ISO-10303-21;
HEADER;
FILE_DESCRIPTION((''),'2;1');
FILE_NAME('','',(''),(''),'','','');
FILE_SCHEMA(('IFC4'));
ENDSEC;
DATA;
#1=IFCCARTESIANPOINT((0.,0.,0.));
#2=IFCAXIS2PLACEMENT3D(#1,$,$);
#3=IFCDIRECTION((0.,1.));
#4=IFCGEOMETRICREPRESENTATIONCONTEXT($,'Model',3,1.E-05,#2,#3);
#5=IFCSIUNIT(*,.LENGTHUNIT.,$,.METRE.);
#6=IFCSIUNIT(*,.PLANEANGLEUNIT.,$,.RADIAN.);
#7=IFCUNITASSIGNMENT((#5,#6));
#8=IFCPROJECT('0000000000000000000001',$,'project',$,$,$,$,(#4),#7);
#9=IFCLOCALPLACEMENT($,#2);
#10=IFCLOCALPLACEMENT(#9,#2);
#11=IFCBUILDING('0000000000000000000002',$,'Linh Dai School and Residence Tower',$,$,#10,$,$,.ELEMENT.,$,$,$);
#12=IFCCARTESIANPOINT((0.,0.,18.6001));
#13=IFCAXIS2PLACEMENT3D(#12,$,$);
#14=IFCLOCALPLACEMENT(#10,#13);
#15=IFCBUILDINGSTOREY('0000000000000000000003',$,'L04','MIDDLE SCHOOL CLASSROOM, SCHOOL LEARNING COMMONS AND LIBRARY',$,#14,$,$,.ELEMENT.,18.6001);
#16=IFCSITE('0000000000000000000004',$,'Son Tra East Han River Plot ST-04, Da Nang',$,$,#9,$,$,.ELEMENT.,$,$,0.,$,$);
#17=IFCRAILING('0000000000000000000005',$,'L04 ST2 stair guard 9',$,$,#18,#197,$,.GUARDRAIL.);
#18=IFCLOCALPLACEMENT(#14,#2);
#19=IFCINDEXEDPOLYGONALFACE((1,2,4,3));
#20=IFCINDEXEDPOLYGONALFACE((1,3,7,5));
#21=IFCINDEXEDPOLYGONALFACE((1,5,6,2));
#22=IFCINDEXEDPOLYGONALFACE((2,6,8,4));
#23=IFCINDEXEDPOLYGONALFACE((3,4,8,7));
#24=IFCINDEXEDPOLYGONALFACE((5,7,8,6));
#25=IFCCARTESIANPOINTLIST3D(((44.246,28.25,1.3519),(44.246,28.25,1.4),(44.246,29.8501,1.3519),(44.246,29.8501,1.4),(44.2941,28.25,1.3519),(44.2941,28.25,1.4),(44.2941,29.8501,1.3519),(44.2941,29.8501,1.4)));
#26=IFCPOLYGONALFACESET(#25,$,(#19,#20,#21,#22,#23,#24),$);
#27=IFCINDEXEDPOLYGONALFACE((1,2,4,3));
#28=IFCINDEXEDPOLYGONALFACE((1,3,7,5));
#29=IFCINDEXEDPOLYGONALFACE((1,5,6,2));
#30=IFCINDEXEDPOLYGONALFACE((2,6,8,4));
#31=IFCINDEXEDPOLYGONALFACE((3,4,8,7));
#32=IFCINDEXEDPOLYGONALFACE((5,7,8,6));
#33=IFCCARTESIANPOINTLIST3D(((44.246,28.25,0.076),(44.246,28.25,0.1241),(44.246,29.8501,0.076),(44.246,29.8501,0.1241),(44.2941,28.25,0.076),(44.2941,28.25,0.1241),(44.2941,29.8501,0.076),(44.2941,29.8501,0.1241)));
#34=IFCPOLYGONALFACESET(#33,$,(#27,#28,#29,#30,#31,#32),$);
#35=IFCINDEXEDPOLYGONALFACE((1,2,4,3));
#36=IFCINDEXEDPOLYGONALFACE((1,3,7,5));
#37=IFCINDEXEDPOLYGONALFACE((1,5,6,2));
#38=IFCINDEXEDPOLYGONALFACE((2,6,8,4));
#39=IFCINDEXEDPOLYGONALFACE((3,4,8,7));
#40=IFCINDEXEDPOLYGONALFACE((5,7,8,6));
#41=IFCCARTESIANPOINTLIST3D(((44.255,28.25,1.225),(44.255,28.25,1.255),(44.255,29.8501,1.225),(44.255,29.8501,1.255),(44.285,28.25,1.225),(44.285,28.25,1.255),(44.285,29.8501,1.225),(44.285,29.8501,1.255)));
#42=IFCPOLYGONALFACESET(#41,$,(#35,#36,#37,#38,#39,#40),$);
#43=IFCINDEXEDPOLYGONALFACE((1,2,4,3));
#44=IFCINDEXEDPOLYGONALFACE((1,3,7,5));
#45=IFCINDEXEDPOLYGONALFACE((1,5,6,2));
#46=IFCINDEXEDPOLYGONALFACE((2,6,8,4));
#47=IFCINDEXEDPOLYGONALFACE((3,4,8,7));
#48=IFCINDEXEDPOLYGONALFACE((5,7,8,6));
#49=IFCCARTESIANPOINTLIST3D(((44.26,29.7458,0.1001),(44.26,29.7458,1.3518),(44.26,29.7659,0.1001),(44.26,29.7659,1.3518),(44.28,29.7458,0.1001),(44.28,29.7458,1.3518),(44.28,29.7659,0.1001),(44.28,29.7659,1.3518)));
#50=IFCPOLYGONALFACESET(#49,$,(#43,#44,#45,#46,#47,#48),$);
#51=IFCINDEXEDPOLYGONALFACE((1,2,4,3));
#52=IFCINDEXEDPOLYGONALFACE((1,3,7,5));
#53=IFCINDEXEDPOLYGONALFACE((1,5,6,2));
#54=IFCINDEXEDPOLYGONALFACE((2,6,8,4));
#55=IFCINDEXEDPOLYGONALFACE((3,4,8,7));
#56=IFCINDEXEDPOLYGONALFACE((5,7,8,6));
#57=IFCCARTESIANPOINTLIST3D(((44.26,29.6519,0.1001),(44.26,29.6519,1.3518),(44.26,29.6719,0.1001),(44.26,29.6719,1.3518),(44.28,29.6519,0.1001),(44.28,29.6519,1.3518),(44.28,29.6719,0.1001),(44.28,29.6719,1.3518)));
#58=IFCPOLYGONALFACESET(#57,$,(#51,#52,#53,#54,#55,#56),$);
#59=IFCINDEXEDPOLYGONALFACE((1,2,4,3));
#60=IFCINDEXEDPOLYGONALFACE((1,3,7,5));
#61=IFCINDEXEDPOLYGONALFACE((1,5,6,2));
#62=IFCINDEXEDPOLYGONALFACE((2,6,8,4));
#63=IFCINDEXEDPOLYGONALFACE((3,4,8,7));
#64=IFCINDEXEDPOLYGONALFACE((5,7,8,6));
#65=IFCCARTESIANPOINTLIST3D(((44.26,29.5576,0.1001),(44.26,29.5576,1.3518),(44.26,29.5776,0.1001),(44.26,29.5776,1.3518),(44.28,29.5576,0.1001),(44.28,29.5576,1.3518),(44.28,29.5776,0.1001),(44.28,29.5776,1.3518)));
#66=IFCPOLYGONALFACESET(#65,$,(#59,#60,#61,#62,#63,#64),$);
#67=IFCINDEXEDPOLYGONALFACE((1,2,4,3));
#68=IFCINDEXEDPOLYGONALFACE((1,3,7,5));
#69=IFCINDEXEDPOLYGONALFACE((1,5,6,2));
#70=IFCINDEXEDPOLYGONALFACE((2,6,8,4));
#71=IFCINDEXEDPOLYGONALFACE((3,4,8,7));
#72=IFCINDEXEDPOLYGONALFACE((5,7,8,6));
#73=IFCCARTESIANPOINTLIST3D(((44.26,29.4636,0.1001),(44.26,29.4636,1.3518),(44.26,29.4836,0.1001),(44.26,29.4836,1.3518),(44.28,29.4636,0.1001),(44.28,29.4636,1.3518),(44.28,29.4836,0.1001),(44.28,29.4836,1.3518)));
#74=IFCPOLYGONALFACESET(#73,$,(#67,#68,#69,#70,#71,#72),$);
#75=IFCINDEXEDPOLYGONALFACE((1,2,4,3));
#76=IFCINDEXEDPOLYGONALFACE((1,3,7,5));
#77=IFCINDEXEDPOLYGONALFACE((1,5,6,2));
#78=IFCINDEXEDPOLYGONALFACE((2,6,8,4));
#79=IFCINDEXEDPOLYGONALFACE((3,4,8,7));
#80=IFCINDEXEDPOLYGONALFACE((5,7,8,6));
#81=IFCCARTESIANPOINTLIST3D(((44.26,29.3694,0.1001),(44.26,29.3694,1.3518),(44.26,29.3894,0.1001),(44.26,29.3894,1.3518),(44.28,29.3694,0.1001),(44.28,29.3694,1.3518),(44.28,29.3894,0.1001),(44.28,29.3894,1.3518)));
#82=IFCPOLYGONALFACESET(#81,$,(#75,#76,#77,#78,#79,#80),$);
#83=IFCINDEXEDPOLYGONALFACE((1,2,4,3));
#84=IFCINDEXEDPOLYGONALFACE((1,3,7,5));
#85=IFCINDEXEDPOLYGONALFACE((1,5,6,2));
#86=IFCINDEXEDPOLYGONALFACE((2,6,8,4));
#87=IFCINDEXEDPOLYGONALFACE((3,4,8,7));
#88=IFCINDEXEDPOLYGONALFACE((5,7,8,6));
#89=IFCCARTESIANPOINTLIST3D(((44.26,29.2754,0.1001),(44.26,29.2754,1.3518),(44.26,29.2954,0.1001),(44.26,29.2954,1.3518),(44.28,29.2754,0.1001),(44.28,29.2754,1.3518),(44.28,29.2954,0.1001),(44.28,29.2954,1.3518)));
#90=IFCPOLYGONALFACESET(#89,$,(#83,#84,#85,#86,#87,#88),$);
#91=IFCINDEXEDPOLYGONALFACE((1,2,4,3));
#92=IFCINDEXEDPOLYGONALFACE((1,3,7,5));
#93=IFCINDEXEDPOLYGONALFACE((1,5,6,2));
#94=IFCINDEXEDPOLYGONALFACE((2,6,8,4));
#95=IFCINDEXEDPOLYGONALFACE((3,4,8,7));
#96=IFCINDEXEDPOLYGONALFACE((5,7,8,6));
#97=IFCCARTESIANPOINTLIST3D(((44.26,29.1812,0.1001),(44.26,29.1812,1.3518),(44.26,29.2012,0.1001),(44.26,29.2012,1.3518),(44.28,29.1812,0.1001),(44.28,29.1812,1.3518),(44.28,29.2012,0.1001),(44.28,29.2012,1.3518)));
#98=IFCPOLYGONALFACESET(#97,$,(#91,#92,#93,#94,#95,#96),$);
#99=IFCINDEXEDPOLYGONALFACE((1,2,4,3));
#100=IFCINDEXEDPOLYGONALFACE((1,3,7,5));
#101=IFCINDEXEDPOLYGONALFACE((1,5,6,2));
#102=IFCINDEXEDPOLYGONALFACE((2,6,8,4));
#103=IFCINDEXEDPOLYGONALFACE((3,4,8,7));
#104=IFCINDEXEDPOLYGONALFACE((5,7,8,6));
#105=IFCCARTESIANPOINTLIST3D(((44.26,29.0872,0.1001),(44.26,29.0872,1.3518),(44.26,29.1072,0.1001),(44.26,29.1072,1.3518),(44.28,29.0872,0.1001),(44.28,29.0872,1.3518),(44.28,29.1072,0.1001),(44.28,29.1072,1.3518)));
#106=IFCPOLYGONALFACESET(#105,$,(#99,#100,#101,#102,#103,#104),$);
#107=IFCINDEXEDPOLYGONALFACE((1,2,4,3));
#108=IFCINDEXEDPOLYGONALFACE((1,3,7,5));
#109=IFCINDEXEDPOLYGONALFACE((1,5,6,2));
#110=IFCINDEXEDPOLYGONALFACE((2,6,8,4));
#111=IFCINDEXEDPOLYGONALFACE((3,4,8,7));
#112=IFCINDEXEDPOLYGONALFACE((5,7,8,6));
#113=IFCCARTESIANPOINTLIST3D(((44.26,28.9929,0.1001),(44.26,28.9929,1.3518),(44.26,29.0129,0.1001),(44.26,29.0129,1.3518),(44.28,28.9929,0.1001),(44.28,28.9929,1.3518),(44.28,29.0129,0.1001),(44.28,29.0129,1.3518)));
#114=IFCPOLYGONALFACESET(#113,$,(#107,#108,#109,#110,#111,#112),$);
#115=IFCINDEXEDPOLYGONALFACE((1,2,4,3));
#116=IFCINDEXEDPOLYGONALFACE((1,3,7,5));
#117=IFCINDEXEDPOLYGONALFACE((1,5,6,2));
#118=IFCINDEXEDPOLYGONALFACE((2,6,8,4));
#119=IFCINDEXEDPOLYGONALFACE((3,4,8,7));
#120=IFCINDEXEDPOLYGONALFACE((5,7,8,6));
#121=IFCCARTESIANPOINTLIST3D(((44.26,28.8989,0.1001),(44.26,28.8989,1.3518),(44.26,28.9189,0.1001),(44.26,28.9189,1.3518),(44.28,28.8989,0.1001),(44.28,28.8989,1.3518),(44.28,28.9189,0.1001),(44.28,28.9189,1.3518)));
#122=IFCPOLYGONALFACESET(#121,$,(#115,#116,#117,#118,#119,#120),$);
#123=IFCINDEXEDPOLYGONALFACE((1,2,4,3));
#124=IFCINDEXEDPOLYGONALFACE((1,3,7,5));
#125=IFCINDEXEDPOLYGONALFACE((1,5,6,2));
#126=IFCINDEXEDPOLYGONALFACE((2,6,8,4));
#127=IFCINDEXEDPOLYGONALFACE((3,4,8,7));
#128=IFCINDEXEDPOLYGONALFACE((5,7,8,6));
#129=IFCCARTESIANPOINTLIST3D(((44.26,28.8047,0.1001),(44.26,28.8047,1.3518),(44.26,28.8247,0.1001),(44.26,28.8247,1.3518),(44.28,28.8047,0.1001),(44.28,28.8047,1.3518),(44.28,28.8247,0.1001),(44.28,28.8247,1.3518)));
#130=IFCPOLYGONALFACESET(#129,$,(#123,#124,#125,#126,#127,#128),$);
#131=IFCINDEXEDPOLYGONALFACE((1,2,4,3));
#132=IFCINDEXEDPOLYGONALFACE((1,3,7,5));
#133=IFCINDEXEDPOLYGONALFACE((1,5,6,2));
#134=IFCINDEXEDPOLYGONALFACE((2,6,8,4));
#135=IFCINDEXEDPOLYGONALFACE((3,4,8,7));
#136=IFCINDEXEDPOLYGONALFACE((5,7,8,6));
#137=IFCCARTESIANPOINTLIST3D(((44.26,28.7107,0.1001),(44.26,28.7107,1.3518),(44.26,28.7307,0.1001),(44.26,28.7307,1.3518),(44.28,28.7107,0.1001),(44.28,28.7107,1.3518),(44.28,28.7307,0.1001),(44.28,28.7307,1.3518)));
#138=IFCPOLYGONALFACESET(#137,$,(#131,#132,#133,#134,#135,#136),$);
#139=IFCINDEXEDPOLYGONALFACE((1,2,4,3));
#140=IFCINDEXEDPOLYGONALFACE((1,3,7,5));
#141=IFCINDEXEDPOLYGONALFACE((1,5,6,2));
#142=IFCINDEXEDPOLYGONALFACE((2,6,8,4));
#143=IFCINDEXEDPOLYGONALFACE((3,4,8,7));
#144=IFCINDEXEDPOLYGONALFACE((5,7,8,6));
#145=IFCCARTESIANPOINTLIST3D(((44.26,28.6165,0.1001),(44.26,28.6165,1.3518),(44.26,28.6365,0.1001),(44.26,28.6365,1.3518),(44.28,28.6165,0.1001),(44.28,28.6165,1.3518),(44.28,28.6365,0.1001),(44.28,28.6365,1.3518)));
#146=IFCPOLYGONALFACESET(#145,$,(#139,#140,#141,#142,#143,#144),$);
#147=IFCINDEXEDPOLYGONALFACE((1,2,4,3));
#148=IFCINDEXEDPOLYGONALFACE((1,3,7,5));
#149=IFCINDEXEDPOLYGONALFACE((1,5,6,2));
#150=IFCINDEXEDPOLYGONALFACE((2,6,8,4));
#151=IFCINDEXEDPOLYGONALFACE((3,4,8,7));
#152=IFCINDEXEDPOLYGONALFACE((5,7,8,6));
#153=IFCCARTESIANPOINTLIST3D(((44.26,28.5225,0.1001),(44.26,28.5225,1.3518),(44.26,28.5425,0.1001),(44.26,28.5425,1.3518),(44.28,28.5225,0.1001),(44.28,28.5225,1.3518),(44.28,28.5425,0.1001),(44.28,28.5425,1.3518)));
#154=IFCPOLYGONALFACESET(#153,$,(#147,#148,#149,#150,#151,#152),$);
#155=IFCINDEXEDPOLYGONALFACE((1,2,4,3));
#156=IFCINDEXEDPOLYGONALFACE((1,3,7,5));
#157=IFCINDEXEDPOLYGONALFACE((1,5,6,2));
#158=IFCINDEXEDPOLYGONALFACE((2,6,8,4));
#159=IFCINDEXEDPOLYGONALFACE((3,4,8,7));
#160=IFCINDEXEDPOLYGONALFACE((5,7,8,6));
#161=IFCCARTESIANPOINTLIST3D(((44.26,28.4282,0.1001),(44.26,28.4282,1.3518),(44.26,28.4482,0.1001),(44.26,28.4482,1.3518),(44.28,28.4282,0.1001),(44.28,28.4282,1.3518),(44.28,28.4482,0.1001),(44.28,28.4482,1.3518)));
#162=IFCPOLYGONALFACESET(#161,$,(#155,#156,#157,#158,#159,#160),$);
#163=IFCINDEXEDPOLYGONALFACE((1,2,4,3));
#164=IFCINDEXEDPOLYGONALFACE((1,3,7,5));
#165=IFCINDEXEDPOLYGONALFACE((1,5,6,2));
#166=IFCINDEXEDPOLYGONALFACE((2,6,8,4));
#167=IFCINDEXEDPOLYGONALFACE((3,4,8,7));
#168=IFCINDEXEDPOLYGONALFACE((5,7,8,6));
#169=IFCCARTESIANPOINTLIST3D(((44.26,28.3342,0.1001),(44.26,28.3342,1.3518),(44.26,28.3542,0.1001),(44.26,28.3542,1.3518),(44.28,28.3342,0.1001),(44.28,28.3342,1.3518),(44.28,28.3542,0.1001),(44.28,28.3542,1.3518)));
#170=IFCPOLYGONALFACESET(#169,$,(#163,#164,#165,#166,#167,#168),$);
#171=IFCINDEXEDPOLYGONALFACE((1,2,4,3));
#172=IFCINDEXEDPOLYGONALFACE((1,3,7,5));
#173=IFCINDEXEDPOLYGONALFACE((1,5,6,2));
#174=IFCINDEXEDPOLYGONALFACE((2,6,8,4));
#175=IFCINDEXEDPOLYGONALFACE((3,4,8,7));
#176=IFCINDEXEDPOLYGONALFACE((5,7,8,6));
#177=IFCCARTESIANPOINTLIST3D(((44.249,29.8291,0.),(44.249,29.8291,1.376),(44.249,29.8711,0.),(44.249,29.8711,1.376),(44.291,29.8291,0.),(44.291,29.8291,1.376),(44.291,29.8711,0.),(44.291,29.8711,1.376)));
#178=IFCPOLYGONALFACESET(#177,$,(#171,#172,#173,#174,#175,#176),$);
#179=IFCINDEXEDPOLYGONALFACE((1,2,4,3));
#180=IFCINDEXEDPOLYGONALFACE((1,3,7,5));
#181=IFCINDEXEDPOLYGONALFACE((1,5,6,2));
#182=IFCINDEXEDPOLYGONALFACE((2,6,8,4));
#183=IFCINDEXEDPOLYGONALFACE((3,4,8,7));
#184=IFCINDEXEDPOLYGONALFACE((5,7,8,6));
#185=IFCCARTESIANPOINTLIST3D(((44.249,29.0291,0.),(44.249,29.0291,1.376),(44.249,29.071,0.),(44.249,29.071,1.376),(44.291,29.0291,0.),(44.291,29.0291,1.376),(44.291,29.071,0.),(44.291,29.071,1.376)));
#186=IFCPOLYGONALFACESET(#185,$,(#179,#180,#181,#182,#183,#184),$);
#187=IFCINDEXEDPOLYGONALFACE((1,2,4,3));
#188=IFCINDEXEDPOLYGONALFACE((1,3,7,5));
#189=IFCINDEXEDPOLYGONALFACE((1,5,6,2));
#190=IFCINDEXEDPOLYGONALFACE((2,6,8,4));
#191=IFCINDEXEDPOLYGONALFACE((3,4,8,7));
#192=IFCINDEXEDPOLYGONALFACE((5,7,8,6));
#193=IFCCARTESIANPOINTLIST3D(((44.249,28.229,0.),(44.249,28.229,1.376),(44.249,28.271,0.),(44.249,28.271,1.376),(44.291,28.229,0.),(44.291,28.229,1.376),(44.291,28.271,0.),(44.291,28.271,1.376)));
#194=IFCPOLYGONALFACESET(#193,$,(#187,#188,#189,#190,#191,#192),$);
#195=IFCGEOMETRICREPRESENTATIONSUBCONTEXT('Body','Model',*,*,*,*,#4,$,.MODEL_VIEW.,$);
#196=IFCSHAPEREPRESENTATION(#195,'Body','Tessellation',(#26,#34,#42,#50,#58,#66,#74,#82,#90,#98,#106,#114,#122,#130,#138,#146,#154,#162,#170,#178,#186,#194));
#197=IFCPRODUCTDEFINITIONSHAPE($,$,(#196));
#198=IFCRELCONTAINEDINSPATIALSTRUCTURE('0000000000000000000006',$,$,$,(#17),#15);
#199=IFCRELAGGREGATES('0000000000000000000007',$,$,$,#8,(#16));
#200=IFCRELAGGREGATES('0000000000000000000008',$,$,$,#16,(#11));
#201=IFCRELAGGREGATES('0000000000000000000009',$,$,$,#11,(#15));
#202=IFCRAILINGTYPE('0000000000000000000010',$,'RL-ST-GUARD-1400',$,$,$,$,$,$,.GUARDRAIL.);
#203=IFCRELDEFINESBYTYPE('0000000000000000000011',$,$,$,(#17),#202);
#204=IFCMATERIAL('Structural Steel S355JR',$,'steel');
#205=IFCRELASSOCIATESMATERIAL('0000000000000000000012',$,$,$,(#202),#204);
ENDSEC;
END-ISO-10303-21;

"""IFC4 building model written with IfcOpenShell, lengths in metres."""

from ifc_helpers import new_model, si_unit, direction, frame, origin, origin_2d, place, context, subcontext, project, spatial, rectangle, extrude, source, transform, mapped, material, type_object, element, save


model = new_model("IFC4")

# Units and contexts
model_context = context("Model", 3, precision=1e-05, world=origin(), true_north=direction((0.0, 1.0)))
body_context = subcontext(model_context, "Body", "Model", "MODEL_VIEW")
ifc_project = project(units=[si_unit("LENGTHUNIT", "METRE"), si_unit("PLANEANGLEUNIT", "RADIAN")], contexts=[model_context])

# Site, building, storey
site_placement = place(None, origin())
site = spatial("IfcSite", under=ifc_project, at=site_placement, Name="Son Tra East Han River Plot ST-04, Da Nang", CompositionType="ELEMENT", RefElevation=0.0)
building_placement = place(site_placement, origin())
building = spatial("IfcBuilding", under=site, at=building_placement, Name="Linh Dai School and Residence Tower", CompositionType="ELEMENT")
storey_placement = place(building_placement, frame((0.0, 0.0, 18.6001)))
storey = spatial("IfcBuildingStorey", under=building, at=storey_placement, Name="L04", Description="MIDDLE SCHOOL CLASSROOM, SCHOOL LEARNING COMMONS AND LIBRARY", CompositionType="ELEMENT", Elevation=18.6001)

# Shared definitions
ifc_material_1 = material(Name="Structural Steel S355JR", Category="steel")

# Railing
railing_type_1 = type_object("IfcRailingType", Name="RL-ST-GUARD-1400", PredefinedType="GUARDRAIL", material=ifc_material_1)
shared_shape_1 = source(origin(), body_context, "Body", "SweptSolid", [
    extrude(rectangle(XDim=0.0481, YDim=0.0481, at=origin_2d()), frame((0.0, 0.0, 1.376), z_axis=(0.0, -1.0, 0.0), x_axis=(1.0, 0.0, 0.0)), (0.0, 0.0, 1.0), 1.6001),
    extrude(rectangle(XDim=0.0481, YDim=0.0481, at=origin_2d()), frame((0.0, 0.0, 0.1001), z_axis=(0.0, -1.0, 0.0), x_axis=(1.0, 0.0, 0.0)), (0.0, 0.0, 1.0), 1.6001),
    extrude(rectangle(XDim=0.03, YDim=0.03, at=origin_2d()), frame((0.0, 0.0, 1.24), z_axis=(0.0, -1.0, 0.0), x_axis=(1.0, 0.0, 0.0)), (0.0, 0.0, 1.0), 1.6001),
    extrude(rectangle(XDim=0.02, YDim=0.02, at=origin_2d()), frame((0.0, -0.0942, 0.1001)), (0.0, 0.0, 1.0), 1.2517),
    extrude(rectangle(XDim=0.02, YDim=0.02, at=origin_2d()), frame((0.0, -0.1882, 0.1001)), (0.0, 0.0, 1.0), 1.2517),
    extrude(rectangle(XDim=0.02, YDim=0.02, at=origin_2d()), frame((0.0, -0.2825, 0.1001)), (0.0, 0.0, 1.0), 1.2517),
    extrude(rectangle(XDim=0.02, YDim=0.02, at=origin_2d()), frame((0.0, -0.3765, 0.1001)), (0.0, 0.0, 1.0), 1.2517),
    extrude(rectangle(XDim=0.02, YDim=0.02, at=origin_2d()), frame((0.0, -0.4707, 0.1001)), (0.0, 0.0, 1.0), 1.2517),
    extrude(rectangle(XDim=0.02, YDim=0.02, at=origin_2d()), frame((0.0, -0.5647, 0.1001)), (0.0, 0.0, 1.0), 1.2517),
    extrude(rectangle(XDim=0.02, YDim=0.02, at=origin_2d()), frame((0.0, -0.6589, 0.1001)), (0.0, 0.0, 1.0), 1.2517),
    extrude(rectangle(XDim=0.02, YDim=0.02, at=origin_2d()), frame((0.0, -0.7529, 0.1001)), (0.0, 0.0, 1.0), 1.2517),
    extrude(rectangle(XDim=0.02, YDim=0.02, at=origin_2d()), frame((0.0, -0.8472, 0.1001)), (0.0, 0.0, 1.0), 1.2517),
    extrude(rectangle(XDim=0.02, YDim=0.02, at=origin_2d()), frame((0.0, -0.9412, 0.1001)), (0.0, 0.0, 1.0), 1.2517),
    extrude(rectangle(XDim=0.02, YDim=0.02, at=origin_2d()), frame((0.0, -1.0354, 0.1001)), (0.0, 0.0, 1.0), 1.2517),
    extrude(rectangle(XDim=0.02, YDim=0.02, at=origin_2d()), frame((0.0, -1.1294, 0.1001)), (0.0, 0.0, 1.0), 1.2517),
    extrude(rectangle(XDim=0.02, YDim=0.02, at=origin_2d()), frame((0.0, -1.2236, 0.1001)), (0.0, 0.0, 1.0), 1.2517),
    extrude(rectangle(XDim=0.02, YDim=0.02, at=origin_2d()), frame((0.0, -1.3176, 0.1001)), (0.0, 0.0, 1.0), 1.2517),
    extrude(rectangle(XDim=0.02, YDim=0.02, at=origin_2d()), frame((0.0, -1.4119, 0.1001)), (0.0, 0.0, 1.0), 1.2517),
    extrude(rectangle(XDim=0.02, YDim=0.02, at=origin_2d()), frame((0.0, -1.5059, 0.1001)), (0.0, 0.0, 1.0), 1.2517),
    extrude(rectangle(XDim=0.042, YDim=0.042, at=origin_2d()), origin(), (0.0, 0.0, 1.0), 1.376),
    extrude(rectangle(XDim=0.042, YDim=0.042, at=origin_2d()), frame((0.0, -0.8, 0.0)), (0.0, 0.0, 1.0), 1.376),
    extrude(rectangle(XDim=0.042, YDim=0.042, at=origin_2d()), frame((0.0, -1.6001, 0.0)), (0.0, 0.0, 1.0), 1.376),
])
for number, where, name in (
    (1, (44.27, 29.8501, 0.0), "L04 ST2 stair guard 9"),
):
    element("IfcRailing", number, at=place(storey_placement, frame(where)), inside=storey, type_object=railing_type_1, Name=name, PredefinedType="GUARDRAIL", context=body_context, shape_type="MappedRepresentation", body=[
        mapped(shared_shape_1, transform((0.0, 0.0, 0.0), x_axis=(1.0, 0.0, 0.0), y_axis=(0.0, 1.0, 0.0), z_axis=(0.0, 0.0, 1.0), scale=1.0)),
    ])

save(model, "model.ifc")
